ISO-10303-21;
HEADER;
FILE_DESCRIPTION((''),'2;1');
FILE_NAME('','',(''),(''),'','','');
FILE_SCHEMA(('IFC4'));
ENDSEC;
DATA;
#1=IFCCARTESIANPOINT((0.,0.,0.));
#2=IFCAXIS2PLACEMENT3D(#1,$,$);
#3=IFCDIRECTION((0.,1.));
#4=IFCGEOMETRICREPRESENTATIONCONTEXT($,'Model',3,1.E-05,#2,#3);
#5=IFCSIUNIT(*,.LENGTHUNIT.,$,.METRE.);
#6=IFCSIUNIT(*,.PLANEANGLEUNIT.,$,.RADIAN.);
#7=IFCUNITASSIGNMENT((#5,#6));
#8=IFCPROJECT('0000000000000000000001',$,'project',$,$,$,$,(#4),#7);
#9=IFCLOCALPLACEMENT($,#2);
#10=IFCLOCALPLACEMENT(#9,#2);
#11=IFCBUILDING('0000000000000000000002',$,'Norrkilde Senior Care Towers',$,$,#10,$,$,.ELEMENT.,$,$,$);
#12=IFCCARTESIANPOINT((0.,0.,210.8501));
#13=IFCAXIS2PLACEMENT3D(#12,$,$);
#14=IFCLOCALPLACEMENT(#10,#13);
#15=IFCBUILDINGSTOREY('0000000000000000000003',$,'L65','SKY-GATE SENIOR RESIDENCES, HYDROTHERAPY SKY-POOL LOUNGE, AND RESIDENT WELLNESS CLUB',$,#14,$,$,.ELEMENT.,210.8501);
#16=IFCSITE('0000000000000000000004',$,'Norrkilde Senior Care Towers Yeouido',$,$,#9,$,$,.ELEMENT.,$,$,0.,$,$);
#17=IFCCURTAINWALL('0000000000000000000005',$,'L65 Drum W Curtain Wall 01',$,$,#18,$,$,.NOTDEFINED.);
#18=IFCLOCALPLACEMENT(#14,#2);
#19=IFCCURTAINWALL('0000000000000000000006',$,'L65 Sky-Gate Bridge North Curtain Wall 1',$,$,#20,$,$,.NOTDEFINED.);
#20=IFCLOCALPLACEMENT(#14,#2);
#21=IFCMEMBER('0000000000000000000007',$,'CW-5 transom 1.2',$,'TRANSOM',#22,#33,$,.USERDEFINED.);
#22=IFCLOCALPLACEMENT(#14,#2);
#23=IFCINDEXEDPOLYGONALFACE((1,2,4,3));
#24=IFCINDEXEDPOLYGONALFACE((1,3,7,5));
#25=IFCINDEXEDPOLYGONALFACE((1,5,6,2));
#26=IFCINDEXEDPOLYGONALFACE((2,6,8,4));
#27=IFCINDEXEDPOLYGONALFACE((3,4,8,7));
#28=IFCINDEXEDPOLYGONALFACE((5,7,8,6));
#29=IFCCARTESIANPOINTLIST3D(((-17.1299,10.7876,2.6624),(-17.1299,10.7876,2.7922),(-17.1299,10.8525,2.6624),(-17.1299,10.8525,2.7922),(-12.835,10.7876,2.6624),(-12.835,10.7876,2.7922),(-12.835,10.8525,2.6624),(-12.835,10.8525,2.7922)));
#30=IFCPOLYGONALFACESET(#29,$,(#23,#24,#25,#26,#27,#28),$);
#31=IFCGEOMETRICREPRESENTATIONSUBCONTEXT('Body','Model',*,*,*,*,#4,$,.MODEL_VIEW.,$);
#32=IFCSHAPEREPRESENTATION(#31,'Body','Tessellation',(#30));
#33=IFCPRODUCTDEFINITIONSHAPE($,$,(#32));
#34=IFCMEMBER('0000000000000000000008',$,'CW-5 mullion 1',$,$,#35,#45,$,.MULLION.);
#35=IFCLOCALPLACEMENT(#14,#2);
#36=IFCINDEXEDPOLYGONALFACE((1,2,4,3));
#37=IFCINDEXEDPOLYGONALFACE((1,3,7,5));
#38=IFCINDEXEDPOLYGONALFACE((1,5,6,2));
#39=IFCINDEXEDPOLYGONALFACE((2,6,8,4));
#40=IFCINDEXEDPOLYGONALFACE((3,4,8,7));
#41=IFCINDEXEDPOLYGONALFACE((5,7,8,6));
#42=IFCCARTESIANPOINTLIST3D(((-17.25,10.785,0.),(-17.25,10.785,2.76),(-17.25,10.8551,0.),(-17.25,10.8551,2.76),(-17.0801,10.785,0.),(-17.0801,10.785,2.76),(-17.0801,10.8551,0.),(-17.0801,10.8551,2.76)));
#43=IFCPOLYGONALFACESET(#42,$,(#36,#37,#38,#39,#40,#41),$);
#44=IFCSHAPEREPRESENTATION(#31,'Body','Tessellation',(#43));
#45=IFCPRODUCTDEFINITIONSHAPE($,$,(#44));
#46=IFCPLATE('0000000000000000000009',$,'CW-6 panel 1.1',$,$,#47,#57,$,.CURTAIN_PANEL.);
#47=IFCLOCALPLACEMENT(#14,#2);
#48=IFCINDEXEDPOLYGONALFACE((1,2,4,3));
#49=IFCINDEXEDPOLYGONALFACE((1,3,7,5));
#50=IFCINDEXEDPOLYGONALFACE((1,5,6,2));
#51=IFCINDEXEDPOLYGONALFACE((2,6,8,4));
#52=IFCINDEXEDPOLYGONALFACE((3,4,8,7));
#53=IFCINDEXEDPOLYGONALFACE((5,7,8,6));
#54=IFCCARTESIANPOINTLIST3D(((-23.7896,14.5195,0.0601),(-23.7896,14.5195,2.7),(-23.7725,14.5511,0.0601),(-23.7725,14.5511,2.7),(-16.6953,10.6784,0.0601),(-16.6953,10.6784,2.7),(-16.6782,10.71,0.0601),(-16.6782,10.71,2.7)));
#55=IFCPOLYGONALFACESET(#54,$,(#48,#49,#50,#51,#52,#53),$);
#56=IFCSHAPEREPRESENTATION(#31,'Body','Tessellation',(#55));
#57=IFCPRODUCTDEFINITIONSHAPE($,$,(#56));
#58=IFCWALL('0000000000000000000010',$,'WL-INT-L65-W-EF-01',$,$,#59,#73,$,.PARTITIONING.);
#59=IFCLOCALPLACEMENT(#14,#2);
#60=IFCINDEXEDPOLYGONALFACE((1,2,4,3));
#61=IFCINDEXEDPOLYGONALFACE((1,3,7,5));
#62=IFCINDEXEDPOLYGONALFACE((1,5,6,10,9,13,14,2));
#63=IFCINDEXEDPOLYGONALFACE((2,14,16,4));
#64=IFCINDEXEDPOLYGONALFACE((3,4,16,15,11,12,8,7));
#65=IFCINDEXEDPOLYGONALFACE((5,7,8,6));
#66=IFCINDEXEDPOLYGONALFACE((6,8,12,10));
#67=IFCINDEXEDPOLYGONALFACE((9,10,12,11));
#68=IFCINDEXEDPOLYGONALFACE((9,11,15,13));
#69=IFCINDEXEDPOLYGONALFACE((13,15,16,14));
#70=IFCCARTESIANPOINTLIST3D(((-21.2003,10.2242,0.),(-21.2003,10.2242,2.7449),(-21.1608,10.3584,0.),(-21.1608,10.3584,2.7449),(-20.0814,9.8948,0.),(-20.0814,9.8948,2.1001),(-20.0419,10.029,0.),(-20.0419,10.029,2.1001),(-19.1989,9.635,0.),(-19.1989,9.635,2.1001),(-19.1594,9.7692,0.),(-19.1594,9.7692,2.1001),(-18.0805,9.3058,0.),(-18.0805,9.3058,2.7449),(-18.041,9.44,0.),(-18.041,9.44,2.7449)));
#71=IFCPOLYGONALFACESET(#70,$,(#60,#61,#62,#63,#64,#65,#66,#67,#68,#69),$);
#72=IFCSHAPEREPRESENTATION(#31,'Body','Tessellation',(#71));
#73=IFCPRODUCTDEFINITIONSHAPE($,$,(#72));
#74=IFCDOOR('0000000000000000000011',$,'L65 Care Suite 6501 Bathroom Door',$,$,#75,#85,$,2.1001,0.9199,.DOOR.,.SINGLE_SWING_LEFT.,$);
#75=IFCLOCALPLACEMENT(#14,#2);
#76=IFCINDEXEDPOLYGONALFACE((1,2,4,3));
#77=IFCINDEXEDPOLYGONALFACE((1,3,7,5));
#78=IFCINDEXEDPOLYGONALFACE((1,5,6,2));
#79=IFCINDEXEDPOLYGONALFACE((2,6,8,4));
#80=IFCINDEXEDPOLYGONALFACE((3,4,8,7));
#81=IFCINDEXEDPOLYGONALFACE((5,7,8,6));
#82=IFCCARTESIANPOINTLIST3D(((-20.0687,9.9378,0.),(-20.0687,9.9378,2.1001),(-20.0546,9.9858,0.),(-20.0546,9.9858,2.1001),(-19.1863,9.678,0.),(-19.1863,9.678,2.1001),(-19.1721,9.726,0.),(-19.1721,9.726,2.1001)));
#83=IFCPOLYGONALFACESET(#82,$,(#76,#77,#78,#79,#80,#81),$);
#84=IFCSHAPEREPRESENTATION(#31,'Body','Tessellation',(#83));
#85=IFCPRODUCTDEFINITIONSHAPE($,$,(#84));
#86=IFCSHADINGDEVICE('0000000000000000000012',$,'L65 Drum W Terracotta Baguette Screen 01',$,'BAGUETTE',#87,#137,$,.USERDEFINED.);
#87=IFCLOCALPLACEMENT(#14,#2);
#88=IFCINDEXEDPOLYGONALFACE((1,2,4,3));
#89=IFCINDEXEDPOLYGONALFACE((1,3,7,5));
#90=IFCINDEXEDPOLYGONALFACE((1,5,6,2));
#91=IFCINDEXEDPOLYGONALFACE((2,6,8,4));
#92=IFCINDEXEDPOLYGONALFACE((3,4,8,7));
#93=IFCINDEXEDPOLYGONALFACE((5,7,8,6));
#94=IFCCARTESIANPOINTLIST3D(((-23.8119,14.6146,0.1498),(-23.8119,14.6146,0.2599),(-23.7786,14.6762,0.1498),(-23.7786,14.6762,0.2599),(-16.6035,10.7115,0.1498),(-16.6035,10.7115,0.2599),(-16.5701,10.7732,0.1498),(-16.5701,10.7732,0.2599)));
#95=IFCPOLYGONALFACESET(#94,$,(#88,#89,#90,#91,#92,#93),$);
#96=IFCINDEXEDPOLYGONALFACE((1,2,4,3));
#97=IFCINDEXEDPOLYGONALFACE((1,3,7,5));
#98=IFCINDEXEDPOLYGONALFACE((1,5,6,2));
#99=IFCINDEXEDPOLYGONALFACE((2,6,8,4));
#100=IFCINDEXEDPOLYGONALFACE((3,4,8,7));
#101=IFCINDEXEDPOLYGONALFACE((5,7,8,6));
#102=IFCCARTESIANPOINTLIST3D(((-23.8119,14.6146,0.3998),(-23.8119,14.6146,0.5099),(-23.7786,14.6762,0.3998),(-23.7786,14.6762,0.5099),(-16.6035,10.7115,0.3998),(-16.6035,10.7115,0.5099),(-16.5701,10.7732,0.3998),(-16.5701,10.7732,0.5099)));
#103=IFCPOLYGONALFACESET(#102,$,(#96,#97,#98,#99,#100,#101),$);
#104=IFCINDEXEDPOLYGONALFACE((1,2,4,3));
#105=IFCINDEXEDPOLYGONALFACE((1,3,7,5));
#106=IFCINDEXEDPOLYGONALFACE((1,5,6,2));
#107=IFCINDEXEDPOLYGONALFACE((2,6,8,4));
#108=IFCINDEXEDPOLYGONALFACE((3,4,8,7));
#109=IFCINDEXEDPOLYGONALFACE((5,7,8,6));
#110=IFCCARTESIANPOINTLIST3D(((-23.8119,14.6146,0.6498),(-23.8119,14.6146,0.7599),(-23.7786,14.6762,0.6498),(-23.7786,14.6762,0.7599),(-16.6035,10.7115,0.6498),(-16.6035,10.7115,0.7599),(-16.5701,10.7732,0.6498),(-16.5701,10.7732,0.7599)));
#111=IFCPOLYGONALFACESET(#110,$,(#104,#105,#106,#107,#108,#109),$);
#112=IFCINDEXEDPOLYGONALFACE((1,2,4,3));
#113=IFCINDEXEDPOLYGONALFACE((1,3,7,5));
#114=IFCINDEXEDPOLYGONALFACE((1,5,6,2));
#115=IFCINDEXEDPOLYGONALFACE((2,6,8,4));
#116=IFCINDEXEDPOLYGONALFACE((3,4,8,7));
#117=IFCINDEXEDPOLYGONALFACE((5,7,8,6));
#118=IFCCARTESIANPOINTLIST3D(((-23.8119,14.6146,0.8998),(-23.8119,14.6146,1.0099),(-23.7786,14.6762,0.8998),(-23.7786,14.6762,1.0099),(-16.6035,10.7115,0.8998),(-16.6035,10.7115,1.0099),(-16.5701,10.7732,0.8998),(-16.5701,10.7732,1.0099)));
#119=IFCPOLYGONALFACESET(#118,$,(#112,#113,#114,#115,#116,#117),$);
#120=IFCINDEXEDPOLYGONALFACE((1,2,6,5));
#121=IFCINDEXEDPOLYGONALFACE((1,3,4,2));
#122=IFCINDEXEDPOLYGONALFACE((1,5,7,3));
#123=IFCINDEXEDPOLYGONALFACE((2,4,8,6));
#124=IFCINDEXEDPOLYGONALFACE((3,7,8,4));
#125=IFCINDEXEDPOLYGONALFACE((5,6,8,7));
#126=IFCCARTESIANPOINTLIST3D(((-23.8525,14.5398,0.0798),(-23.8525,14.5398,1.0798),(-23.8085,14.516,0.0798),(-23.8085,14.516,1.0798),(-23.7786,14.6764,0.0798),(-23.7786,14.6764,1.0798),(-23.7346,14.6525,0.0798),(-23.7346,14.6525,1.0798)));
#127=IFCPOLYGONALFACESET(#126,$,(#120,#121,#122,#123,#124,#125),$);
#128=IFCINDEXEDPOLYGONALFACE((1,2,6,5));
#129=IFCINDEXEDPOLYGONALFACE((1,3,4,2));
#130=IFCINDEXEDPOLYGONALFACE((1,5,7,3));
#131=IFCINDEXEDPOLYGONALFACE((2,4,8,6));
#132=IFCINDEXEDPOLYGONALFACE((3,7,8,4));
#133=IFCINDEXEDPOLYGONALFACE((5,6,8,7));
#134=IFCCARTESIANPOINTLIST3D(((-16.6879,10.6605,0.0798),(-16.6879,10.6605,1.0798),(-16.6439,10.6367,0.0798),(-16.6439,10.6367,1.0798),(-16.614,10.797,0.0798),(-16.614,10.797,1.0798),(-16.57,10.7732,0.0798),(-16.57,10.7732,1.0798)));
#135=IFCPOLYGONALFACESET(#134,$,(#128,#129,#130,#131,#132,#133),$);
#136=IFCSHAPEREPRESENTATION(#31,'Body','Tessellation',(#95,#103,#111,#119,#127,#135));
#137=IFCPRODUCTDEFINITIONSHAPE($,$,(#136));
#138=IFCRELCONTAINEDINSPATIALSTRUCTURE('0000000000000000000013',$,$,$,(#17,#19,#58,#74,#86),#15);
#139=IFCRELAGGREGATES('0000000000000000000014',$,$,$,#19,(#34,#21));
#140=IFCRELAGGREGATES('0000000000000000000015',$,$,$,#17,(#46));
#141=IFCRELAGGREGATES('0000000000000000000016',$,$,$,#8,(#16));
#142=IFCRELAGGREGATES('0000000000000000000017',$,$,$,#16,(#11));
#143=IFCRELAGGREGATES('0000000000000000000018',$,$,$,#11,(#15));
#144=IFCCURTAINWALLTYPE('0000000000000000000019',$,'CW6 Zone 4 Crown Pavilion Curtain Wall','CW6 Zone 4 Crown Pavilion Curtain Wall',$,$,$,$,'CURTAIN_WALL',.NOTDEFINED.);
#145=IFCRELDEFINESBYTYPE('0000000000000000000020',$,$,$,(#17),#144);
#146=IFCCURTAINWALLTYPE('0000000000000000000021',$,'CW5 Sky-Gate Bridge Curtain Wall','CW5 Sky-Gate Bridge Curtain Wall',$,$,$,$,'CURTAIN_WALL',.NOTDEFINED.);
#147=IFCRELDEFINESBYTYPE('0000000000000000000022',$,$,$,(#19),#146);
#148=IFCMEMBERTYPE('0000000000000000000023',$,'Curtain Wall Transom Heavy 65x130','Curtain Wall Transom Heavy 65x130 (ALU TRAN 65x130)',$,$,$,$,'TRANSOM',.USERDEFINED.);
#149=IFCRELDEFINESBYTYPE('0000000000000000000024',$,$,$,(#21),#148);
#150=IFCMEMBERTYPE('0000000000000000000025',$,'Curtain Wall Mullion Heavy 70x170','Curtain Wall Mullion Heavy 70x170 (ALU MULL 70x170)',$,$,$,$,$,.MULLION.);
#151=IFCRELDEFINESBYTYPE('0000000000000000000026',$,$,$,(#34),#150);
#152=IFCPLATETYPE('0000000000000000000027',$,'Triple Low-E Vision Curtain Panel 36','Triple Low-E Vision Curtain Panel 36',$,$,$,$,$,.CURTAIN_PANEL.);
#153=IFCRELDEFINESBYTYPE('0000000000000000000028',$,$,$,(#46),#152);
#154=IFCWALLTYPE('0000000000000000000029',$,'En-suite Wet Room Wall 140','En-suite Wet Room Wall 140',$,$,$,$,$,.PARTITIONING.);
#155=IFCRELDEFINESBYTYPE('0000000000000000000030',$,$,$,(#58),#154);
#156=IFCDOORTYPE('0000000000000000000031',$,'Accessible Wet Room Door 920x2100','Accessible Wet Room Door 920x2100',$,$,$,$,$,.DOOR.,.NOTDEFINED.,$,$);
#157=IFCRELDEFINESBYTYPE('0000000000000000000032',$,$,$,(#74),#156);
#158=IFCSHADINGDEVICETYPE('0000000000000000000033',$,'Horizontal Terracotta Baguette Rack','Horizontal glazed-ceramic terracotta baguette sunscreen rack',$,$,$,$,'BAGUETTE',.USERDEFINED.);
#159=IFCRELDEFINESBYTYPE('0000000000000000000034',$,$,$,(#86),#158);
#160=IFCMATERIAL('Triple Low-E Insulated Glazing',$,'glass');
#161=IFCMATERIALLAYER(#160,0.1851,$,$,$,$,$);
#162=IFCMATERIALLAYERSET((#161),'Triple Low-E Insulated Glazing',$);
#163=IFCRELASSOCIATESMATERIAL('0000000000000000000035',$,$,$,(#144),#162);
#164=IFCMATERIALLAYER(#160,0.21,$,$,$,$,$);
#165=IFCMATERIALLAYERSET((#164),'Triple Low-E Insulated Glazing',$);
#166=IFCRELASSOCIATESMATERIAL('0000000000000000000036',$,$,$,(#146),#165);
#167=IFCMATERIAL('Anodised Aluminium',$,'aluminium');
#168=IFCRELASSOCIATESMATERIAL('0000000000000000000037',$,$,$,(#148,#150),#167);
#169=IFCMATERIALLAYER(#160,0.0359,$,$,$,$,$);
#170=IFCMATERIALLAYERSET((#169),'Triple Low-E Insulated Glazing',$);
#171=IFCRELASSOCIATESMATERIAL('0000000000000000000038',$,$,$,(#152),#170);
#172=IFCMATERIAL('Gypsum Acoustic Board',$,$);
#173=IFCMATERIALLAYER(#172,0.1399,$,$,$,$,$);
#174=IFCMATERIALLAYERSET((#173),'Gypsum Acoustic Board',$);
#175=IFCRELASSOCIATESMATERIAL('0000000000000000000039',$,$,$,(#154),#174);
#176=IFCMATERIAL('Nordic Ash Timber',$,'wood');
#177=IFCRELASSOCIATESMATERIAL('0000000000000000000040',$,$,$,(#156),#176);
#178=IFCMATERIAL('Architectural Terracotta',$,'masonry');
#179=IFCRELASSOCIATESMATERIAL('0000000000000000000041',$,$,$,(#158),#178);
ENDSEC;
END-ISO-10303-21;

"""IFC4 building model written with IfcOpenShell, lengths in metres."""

from ifc_helpers import new_model, si_unit, direction, frame, frame_2d, origin, origin_2d, place, context, subcontext, project, spatial, rectangle, extrude, source, transform, mapped, material, layer, layer_set, material_profile, profile_set, type_object, type_shapes, element, fill, aggregate, save


model = new_model("IFC4")

# Units and contexts
model_context = context("Model", 3, precision=1e-05, world=origin(), true_north=direction((0.0, 1.0)))
body_context = subcontext(model_context, "Body", "Model", "MODEL_VIEW")
ifc_project = project(units=[si_unit("LENGTHUNIT", "METRE"), si_unit("PLANEANGLEUNIT", "RADIAN")], contexts=[model_context])

# Site, building, storey
site_placement = place(None, origin())
site = spatial("IfcSite", under=ifc_project, at=site_placement, Name="Norrkilde Senior Care Towers Yeouido", CompositionType="ELEMENT", RefElevation=0.0)
building_placement = place(site_placement, origin())
building = spatial("IfcBuilding", under=site, at=building_placement, Name="Norrkilde Senior Care Towers", CompositionType="ELEMENT")
storey_placement = place(building_placement, frame((0.0, 0.0, 210.8501)))
storey = spatial("IfcBuildingStorey", under=building, at=storey_placement, Name="L65", Description="SKY-GATE SENIOR RESIDENCES, HYDROTHERAPY SKY-POOL LOUNGE, AND RESIDENT WELLNESS CLUB", CompositionType="ELEMENT", Elevation=210.8501)

# Curtain wall
ifc_material_1 = material(Name="Triple Low-E Insulated Glazing", Category="glass")
ifc_layer_1 = layer(ifc_material_1, 0.1851)
ifc_layer_set_1 = layer_set([ifc_layer_1], Name="Triple Low-E Insulated Glazing")
curtain_wall_type_1 = type_object("IfcCurtainWallType", Name="CW6 Zone 4 Crown Pavilion Curtain Wall", Description="CW6 Zone 4 Crown Pavilion Curtain Wall", ElementType="CURTAIN_WALL", PredefinedType="NOTDEFINED", material=ifc_layer_set_1)
curtain_wall_1_placement = place(storey_placement, origin())
curtain_wall_1 = element("IfcCurtainWall", 1, at=curtain_wall_1_placement, inside=storey, type_object=curtain_wall_type_1, Name="L65 Drum W Curtain Wall 01", PredefinedType="NOTDEFINED")
ifc_material_2 = material(Name="Anodised Aluminium", Category="aluminium")

# Curtain wall, members
ifc_layer_2 = layer(ifc_material_1, 0.21)
ifc_layer_set_2 = layer_set([ifc_layer_2], Name="Triple Low-E Insulated Glazing")
curtain_wall_type_2 = type_object("IfcCurtainWallType", Name="CW5 Sky-Gate Bridge Curtain Wall", Description="CW5 Sky-Gate Bridge Curtain Wall", ElementType="CURTAIN_WALL", PredefinedType="NOTDEFINED", material=ifc_layer_set_2)
curtain_wall_2_placement = place(storey_placement, origin())
curtain_wall_2 = element("IfcCurtainWall", 2, at=curtain_wall_2_placement, inside=storey, type_object=curtain_wall_type_2, Name="L65 Sky-Gate Bridge North Curtain Wall 1", PredefinedType="NOTDEFINED")
ifc_material_profile_1 = material_profile(ifc_material_2, rectangle(XDim=0.0649, YDim=0.1299, at=origin_2d()), Name="ALU TRAN 65x130")
ifc_profile_set_1 = profile_set([ifc_material_profile_1], Name="Anodised Aluminium")
member_type_1 = type_object("IfcMemberType", Name="Curtain Wall Transom Heavy 65x130", Description="Curtain Wall Transom Heavy 65x130 (ALU TRAN 65x130)", ElementType="TRANSOM", PredefinedType="USERDEFINED", material=ifc_profile_set_1)
shared_shape_1 = source(origin(), body_context, "Body", "SweptSolid", [
    extrude(rectangle(XDim=0.0649, YDim=0.1299, at=origin_2d()), origin(), (0.0, 0.0, 1.0), 4.2949),
])
type_shapes(member_type_1, [shared_shape_1])
member_1_placement = place(storey_placement, frame((-17.1299, 10.8201, 2.7273), z_axis=(1.0, 0.0, 0.0), x_axis=(0.0, 1.0, 0.0)))
member_1 = element("IfcMember", 3, at=member_1_placement, type_object=member_type_1, Name="CW-5 transom 1.2", ObjectType="TRANSOM", PredefinedType="USERDEFINED", context=body_context, shape_type="MappedRepresentation", body=[
    mapped(shared_shape_1, transform((0.0, 0.0, 0.0), x_axis=(1.0, 0.0, 0.0), y_axis=(0.0, 1.0, 0.0), z_axis=(0.0, 0.0, 1.0), scale=1.0)),
])
ifc_material_profile_2 = material_profile(ifc_material_2, rectangle(XDim=0.0701, YDim=0.1699, at=origin_2d()), Name="ALU MULL 70x170")
ifc_profile_set_2 = profile_set([ifc_material_profile_2], Name="Anodised Aluminium")
member_type_2 = type_object("IfcMemberType", Name="Curtain Wall Mullion Heavy 70x170", Description="Curtain Wall Mullion Heavy 70x170 (ALU MULL 70x170)", PredefinedType="MULLION", material=ifc_profile_set_2)
shared_shape_2 = source(origin(), body_context, "Body", "SweptSolid", [
    extrude(rectangle(XDim=0.0701, YDim=0.1699, at=origin_2d()), origin(), (0.0, 0.0, 1.0), 2.76),
])
type_shapes(member_type_2, [shared_shape_2])
member_2_placement = place(storey_placement, frame((-17.165, 10.8201, 0.0), z_axis=(0.0, 0.0, 1.0), x_axis=(0.0, 1.0, 0.0)))
member_2 = element("IfcMember", 4, at=member_2_placement, type_object=member_type_2, Name="CW-5 mullion 1", PredefinedType="MULLION", context=body_context, shape_type="MappedRepresentation", body=[
    mapped(shared_shape_2, transform((0.0, 0.0, 0.0), x_axis=(1.0, 0.0, 0.0), y_axis=(0.0, 1.0, 0.0), z_axis=(0.0, 0.0, 1.0), scale=1.0)),
])
aggregate(curtain_wall_2, [member_2, member_1])

# Plate
ifc_layer_3 = layer(ifc_material_1, 0.0359)
ifc_layer_set_3 = layer_set([ifc_layer_3], Name="Triple Low-E Insulated Glazing")
plate_type = type_object("IfcPlateType", Name="Triple Low-E Vision Curtain Panel 36", Description="Triple Low-E Vision Curtain Panel 36", PredefinedType="CURTAIN_PANEL", material=ifc_layer_set_3)
shared_shape_3 = source(origin(), body_context, "Body", "SweptSolid", [
    extrude(rectangle(XDim=8.0674, YDim=0.0359, at=origin_2d()), origin(), (0.0, 0.0, 1.0), 2.6399),
])
type_shapes(plate_type, [shared_shape_3])
plate_placement = place(storey_placement, frame((-20.2339, 12.6147, 0.0601), z_axis=(0.0, 0.0, 1.0), x_axis=(0.879373, -0.476133, 0.0)))
plate = element("IfcPlate", 5, at=plate_placement, type_object=plate_type, Name="CW-6 panel 1.1", PredefinedType="CURTAIN_PANEL", context=body_context, shape_type="MappedRepresentation", body=[
    mapped(shared_shape_3, transform((0.0, 0.0, 0.0), x_axis=(1.0, 0.0, 0.0), y_axis=(0.0, 1.0, 0.0), z_axis=(0.0, 0.0, 1.0), scale=1.0)),
])
aggregate(curtain_wall_1, [plate])

# Wall, opening, door
ifc_material_3 = material(Name="Gypsum Acoustic Board")
ifc_layer_4 = layer(ifc_material_3, 0.1399)
ifc_layer_set_4 = layer_set([ifc_layer_4], Name="Gypsum Acoustic Board")
wall_type = type_object("IfcWallType", Name="En-suite Wet Room Wall 140", Description="En-suite Wet Room Wall 140", PredefinedType="PARTITIONING", material=ifc_layer_set_4)
shared_shape_4 = source(origin(), body_context, "Body", "SweptSolid", [
    extrude(rectangle(XDim=3.2522, YDim=0.1399, at=frame_2d((1.626, 0.0))), origin(), (0.0, 0.0, 1.0), 2.7449),
])
type_shapes(wall_type, [shared_shape_4])
wall_placement = place(storey_placement, frame((-21.1804, 10.2913, 0.0), z_axis=(0.0, 0.0, 1.0), x_axis=(0.959295, -0.282406, 0.0)))
wall = element("IfcWall", 6, at=wall_placement, inside=storey, type_object=wall_type, Name="WL-INT-L65-W-EF-01", PredefinedType="PARTITIONING", context=body_context, shape_type="MappedRepresentation", body=[
    mapped(shared_shape_4, transform((0.0, 0.0, 0.0), x_axis=(1.0, 0.0, 0.0), y_axis=(0.0, 1.0, 0.0), z_axis=(0.0, 0.0, 1.0), scale=1.0)),
])
opening_placement = place(wall_placement, frame((1.1663, 0.0, 0.0)))
opening = element("IfcOpeningElement", 7, at=opening_placement, cuts=wall, PredefinedType="OPENING", context=body_context, shape_type="SweptSolid", body=[
    extrude(rectangle(XDim=0.9199, YDim=2.1001, at=frame_2d((0.46, 1.05))), frame((0.0, 0.0798, 0.0), z_axis=(0.0, -1.0, 0.0), x_axis=(1.0, 0.0, 0.0)), (0.0, 0.0, 1.0), 0.1599),
])
ifc_material_4 = material(Name="Nordic Ash Timber", Category="wood")
door_type = type_object("IfcDoorType", Name="Accessible Wet Room Door 920x2100", Description="Accessible Wet Room Door 920x2100", OperationType="NOTDEFINED", PredefinedType="DOOR", material=ifc_material_4)
shared_shape_5 = source(origin(), body_context, "Body", "SweptSolid", [
    extrude(rectangle(XDim=0.9199, YDim=2.1001, at=frame_2d((0.46, 1.05))), frame((0.0, 0.0249, 0.0), z_axis=(0.0, -1.0, 0.0), x_axis=(1.0, 0.0, 0.0)), (0.0, 0.0, 1.0), 0.05),
])
type_shapes(door_type, [shared_shape_5])
door_placement = place(opening_placement, origin())
door = element("IfcDoor", 8, at=door_placement, inside=storey, type_object=door_type, Name="L65 Care Suite 6501 Bathroom Door", OperationType="SINGLE_SWING_LEFT", OverallHeight=2.1001, OverallWidth=0.9199, PredefinedType="DOOR", context=body_context, shape_type="MappedRepresentation", body=[
    mapped(shared_shape_5, transform((0.0, 0.0, 0.0), x_axis=(1.0, 0.0, 0.0), y_axis=(0.0, 1.0, 0.0), z_axis=(0.0, 0.0, 1.0), scale=1.0)),
])
fill(opening, door)

# Shading device
ifc_material_5 = material(Name="Architectural Terracotta", Category="masonry")
shading_device_type = type_object("IfcShadingDeviceType", Name="Horizontal Terracotta Baguette Rack", Description="Horizontal glazed-ceramic terracotta baguette sunscreen rack", ElementType="BAGUETTE", PredefinedType="USERDEFINED", material=ifc_material_5)
shared_shape_6 = source(origin(), body_context, "Body", "SweptSolid", [
    extrude(rectangle(XDim=0.0701, YDim=0.1101, at=origin_2d()), frame((0.0, 0.0901, 0.125), z_axis=(1.0, 0.0, 0.0), x_axis=(0.0, 1.0, 0.0)), (0.0, 0.0, 1.0), 8.1973),
    extrude(rectangle(XDim=0.0701, YDim=0.1101, at=origin_2d()), frame((0.0, 0.0901, 0.375), z_axis=(1.0, 0.0, 0.0), x_axis=(0.0, 1.0, 0.0)), (0.0, 0.0, 1.0), 8.1973),
    extrude(rectangle(XDim=0.0701, YDim=0.1101, at=origin_2d()), frame((0.0, 0.0901, 0.625), z_axis=(1.0, 0.0, 0.0), x_axis=(0.0, 1.0, 0.0)), (0.0, 0.0, 1.0), 8.1973),
    extrude(rectangle(XDim=0.0701, YDim=0.1101, at=origin_2d()), frame((0.0, 0.0901, 0.875), z_axis=(1.0, 0.0, 0.0), x_axis=(0.0, 1.0, 0.0)), (0.0, 0.0, 1.0), 8.1973),
    extrude(rectangle(XDim=0.05, YDim=0.1553, at=origin_2d()), frame((0.0249, 0.0476, 0.0)), (0.0, 0.0, 1.0), 1.0),
    extrude(rectangle(XDim=0.05, YDim=0.1553, at=origin_2d()), frame((8.1724, 0.0476, 0.0)), (0.0, 0.0, 1.0), 1.0),
])
shading_device_1_placement = place(storey_placement, frame((-23.8381, 14.5662, 0.0798), z_axis=(0.0, 0.0, 1.0), x_axis=(0.879378, -0.476144, 0.0)))
element("IfcShadingDevice", 9, at=shading_device_1_placement, inside=storey, type_object=shading_device_type, Name="L65 Drum W Terracotta Baguette Screen 01", ObjectType="BAGUETTE", PredefinedType="USERDEFINED", context=body_context, shape_type="MappedRepresentation", body=[
    mapped(shared_shape_6, transform((0.0, 0.0, 0.0), x_axis=(1.0, 0.0, 0.0), y_axis=(0.0, 1.0, 0.0), z_axis=(0.0, 0.0, 1.0), scale=1.0)),
])

save(model, "model.ifc")
